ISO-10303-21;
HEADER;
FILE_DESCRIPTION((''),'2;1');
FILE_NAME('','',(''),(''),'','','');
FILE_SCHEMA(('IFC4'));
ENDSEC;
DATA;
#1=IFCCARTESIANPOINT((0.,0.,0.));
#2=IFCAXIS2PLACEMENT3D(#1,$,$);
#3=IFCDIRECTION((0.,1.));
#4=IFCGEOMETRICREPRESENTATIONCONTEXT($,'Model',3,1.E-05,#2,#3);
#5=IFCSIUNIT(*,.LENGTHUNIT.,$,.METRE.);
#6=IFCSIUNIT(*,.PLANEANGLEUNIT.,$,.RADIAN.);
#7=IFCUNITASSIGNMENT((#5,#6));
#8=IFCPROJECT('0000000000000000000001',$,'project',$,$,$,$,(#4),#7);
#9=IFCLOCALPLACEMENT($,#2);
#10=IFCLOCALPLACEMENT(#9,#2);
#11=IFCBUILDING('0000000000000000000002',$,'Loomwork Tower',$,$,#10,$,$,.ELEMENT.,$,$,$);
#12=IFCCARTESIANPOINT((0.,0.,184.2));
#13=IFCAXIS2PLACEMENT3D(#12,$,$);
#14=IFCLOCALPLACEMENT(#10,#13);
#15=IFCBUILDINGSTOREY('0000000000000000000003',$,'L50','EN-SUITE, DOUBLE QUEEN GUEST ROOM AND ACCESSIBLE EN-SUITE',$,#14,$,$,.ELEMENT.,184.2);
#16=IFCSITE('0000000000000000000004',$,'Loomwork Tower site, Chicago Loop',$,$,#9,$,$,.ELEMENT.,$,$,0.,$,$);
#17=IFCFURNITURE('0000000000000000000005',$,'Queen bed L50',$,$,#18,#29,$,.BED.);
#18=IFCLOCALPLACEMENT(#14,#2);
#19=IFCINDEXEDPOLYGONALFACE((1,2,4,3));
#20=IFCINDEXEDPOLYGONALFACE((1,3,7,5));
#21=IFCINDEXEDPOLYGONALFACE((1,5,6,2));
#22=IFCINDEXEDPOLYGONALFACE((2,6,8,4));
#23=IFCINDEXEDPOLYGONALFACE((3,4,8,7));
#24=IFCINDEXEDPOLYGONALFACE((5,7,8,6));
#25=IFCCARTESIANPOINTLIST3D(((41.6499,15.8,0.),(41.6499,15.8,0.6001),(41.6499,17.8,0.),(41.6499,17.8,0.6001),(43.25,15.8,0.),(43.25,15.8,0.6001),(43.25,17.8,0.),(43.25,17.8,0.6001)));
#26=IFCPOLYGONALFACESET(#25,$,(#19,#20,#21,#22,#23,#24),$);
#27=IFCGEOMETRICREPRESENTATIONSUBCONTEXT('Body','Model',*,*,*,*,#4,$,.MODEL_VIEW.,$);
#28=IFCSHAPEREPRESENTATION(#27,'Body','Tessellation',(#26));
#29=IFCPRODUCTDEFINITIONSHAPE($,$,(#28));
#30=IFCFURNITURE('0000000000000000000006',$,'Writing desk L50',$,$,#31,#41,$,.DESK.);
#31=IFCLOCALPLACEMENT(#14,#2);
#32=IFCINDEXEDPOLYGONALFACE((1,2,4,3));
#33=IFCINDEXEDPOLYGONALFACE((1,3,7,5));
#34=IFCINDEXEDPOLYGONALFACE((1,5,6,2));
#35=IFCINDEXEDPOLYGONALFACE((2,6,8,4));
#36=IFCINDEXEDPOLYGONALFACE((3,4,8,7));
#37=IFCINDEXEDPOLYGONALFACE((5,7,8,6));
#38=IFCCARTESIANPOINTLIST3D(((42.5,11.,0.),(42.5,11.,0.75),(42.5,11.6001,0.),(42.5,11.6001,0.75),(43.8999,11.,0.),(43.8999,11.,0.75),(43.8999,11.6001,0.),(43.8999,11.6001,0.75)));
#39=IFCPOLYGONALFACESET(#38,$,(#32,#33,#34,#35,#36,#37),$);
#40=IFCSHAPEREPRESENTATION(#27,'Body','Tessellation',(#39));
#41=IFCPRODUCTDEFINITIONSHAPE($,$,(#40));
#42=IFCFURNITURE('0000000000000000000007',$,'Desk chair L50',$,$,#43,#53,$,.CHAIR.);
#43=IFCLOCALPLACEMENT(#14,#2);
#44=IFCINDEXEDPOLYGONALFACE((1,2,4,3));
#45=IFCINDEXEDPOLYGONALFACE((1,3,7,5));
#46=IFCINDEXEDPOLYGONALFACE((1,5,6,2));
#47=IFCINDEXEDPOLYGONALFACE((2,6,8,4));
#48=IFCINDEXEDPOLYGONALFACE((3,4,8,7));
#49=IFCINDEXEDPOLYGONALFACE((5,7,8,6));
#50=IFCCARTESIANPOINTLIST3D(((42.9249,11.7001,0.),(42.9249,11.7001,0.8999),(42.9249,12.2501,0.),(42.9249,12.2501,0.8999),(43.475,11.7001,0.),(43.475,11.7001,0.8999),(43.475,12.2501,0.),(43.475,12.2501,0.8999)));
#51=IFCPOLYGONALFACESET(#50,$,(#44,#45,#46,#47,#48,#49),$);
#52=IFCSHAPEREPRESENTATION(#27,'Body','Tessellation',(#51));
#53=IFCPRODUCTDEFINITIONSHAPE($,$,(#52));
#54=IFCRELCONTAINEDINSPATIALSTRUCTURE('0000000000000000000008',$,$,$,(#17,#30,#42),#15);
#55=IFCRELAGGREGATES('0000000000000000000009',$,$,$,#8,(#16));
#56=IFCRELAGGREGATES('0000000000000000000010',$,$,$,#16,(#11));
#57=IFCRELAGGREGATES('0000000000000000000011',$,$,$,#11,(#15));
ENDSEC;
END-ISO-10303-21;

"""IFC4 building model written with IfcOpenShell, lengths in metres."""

from ifc_helpers import new_model, si_unit, direction, frame, origin, origin_2d, place, context, subcontext, project, spatial, rectangle, extrude, element, save


model = new_model("IFC4")

# Units and contexts
model_context = context("Model", 3, precision=1e-05, world=origin(), true_north=direction((0.0, 1.0)))
body_context = subcontext(model_context, "Body", "Model", "MODEL_VIEW")
ifc_project = project(units=[si_unit("LENGTHUNIT", "METRE"), si_unit("PLANEANGLEUNIT", "RADIAN")], contexts=[model_context])

# Site, building, storey
site_placement = place(None, origin())
site = spatial("IfcSite", under=ifc_project, at=site_placement, Name="Loomwork Tower site, Chicago Loop", CompositionType="ELEMENT", RefElevation=0.0)
building_placement = place(site_placement, origin())
building = spatial("IfcBuilding", under=site, at=building_placement, Name="Loomwork Tower", CompositionType="ELEMENT")
storey_placement = place(building_placement, frame((0.0, 0.0, 184.2)))
storey = spatial("IfcBuildingStorey", under=building, at=storey_placement, Name="L50", Description="EN-SUITE, DOUBLE QUEEN GUEST ROOM AND ACCESSIBLE EN-SUITE", CompositionType="ELEMENT", Elevation=184.2)

# Furniture
for number, where, z_axis, x_axis, name in (
    (1, (42.45, 16.8, 0.0), (0.0, 0.0, 1.0), (1.0, 0.0, 0.0), "Queen bed L50"),
):
    element("IfcFurniture", number, at=place(storey_placement, frame(where, z_axis=z_axis, x_axis=x_axis)), inside=storey, Name=name, PredefinedType="BED", context=body_context, shape_type="SweptSolid", body=[
        extrude(rectangle(XDim=1.6001, YDim=2.0, at=origin_2d()), origin(), (0.0, 0.0, 1.0), 0.6001),
    ])
furniture_1_placement = place(storey_placement, frame((43.2, 11.3, 0.0), z_axis=(0.0, 0.0, 1.0), x_axis=(1.0, 0.0, 0.0)))
element("IfcFurniture", 2, at=furniture_1_placement, inside=storey, Name="Writing desk L50", PredefinedType="DESK", context=body_context, shape_type="SweptSolid", body=[
    extrude(rectangle(XDim=1.3999, YDim=0.6001, at=origin_2d()), origin(), (0.0, 0.0, 1.0), 0.75),
])
furniture_2_placement = place(storey_placement, frame((43.2, 11.9751, 0.0), z_axis=(0.0, 0.0, 1.0), x_axis=(1.0, 0.0, 0.0)))
element("IfcFurniture", 3, at=furniture_2_placement, inside=storey, Name="Desk chair L50", PredefinedType="CHAIR", context=body_context, shape_type="SweptSolid", body=[
    extrude(rectangle(XDim=0.55, YDim=0.55, at=origin_2d()), origin(), (0.0, 0.0, 1.0), 0.8999),
])

save(model, "model.ifc")
